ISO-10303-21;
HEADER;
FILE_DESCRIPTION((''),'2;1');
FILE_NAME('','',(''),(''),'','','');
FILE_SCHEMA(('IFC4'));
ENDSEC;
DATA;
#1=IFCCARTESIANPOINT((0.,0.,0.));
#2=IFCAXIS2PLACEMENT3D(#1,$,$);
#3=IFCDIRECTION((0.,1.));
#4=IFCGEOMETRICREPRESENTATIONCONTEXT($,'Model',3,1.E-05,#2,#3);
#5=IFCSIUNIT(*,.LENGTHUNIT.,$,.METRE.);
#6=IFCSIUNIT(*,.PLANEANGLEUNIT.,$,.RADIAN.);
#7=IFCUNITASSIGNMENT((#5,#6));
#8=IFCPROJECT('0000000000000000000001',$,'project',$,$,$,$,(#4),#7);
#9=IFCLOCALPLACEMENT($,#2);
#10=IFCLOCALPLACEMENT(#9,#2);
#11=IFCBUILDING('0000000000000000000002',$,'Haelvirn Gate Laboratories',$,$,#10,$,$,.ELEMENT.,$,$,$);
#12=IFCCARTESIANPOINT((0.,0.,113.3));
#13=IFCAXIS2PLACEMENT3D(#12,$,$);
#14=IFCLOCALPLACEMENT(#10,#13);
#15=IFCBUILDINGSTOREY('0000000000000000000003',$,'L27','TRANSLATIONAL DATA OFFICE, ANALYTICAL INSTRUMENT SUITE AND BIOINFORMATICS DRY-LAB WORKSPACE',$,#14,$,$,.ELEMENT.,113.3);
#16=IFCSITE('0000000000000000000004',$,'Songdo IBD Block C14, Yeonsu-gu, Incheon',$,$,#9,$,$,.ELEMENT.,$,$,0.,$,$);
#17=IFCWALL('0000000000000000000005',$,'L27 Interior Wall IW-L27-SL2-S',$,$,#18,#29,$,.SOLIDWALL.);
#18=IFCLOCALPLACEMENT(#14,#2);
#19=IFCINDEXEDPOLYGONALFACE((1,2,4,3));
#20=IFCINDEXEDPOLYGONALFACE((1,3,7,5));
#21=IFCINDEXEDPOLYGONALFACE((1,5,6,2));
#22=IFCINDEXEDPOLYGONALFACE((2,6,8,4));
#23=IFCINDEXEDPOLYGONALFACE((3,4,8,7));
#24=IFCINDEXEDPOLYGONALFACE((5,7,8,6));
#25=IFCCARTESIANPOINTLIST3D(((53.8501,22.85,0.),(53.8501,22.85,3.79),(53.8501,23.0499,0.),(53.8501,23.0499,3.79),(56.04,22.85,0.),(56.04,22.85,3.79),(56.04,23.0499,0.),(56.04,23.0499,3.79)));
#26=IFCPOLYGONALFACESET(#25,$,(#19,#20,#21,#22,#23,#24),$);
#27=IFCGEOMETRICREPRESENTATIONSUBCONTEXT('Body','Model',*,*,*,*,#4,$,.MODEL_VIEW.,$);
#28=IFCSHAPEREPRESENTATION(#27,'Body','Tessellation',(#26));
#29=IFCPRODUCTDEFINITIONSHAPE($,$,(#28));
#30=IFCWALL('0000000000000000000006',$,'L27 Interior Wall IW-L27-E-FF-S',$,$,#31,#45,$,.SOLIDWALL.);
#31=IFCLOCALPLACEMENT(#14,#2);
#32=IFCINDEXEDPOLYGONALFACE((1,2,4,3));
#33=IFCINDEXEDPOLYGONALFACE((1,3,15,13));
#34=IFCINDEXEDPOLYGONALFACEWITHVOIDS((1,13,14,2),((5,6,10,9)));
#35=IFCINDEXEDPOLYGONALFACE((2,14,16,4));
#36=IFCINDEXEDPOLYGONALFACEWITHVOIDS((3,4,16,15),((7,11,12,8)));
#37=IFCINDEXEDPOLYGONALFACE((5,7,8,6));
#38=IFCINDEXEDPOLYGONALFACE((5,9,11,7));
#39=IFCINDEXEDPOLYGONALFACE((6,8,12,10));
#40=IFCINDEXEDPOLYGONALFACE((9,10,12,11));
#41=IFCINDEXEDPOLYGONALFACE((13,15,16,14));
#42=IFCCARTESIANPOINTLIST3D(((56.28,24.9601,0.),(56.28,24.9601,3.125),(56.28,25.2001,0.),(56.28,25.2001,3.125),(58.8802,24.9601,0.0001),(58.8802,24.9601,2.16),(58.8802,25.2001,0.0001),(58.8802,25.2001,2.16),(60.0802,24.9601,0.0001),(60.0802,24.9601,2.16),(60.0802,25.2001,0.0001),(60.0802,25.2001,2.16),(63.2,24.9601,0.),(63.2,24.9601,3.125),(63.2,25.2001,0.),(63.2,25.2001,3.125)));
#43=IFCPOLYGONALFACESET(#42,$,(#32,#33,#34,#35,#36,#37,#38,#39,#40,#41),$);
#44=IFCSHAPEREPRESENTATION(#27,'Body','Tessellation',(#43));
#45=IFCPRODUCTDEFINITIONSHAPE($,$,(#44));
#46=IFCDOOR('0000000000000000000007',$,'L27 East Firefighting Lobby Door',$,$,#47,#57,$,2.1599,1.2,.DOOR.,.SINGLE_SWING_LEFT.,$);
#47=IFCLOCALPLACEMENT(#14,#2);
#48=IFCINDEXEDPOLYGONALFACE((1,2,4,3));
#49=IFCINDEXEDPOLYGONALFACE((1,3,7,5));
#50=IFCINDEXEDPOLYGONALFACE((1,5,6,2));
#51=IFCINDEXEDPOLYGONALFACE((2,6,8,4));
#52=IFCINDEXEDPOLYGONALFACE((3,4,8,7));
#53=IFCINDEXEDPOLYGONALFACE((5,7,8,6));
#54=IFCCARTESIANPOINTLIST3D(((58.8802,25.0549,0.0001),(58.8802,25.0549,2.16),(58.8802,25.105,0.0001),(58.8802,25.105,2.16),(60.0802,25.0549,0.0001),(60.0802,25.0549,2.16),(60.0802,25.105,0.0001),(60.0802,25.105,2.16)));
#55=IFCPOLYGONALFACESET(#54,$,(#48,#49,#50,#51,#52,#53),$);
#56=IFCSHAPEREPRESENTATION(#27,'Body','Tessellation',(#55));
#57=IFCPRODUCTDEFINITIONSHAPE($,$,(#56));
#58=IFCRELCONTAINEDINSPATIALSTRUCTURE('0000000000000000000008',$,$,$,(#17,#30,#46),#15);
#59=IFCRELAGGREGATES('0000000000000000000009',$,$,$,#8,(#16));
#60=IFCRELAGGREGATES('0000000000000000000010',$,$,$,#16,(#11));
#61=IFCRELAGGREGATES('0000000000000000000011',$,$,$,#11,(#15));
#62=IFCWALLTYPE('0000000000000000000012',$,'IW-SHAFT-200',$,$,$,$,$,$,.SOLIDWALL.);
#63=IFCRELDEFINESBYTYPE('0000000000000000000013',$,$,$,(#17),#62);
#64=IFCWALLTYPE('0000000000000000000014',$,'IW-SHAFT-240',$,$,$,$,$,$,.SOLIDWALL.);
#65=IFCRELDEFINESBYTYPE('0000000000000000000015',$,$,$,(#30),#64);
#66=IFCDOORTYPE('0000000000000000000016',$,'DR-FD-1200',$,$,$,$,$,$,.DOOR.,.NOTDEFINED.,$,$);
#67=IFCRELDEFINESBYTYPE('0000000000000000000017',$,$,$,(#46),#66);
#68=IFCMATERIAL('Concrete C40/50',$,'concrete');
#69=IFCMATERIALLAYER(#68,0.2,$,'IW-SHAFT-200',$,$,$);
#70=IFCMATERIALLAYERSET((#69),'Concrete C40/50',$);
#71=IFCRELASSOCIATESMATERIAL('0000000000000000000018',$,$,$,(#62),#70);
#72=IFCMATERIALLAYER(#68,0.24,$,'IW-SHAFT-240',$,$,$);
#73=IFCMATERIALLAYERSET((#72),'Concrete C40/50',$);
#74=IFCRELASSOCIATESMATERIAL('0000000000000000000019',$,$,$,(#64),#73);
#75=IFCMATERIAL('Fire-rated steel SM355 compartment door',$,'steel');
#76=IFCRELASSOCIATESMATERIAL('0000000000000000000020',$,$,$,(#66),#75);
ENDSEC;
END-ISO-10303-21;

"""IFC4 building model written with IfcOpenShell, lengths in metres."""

from ifc_helpers import new_model, si_unit, direction, frame, frame_2d, origin, place, context, subcontext, project, spatial, rectangle, extrude, source, transform, mapped, material, layer, layer_set, type_object, type_shapes, element, fill, save


model = new_model("IFC4")

# Units and contexts
model_context = context("Model", 3, precision=1e-05, world=origin(), true_north=direction((0.0, 1.0)))
body_context = subcontext(model_context, "Body", "Model", "MODEL_VIEW")
ifc_project = project(units=[si_unit("LENGTHUNIT", "METRE"), si_unit("PLANEANGLEUNIT", "RADIAN")], contexts=[model_context])

# Site, building, storey
site_placement = place(None, origin())
site = spatial("IfcSite", under=ifc_project, at=site_placement, Name="Songdo IBD Block C14, Yeonsu-gu, Incheon", CompositionType="ELEMENT", RefElevation=0.0)
building_placement = place(site_placement, origin())
building = spatial("IfcBuilding", under=site, at=building_placement, Name="Haelvirn Gate Laboratories", CompositionType="ELEMENT")
storey_placement = place(building_placement, frame((0.0, 0.0, 113.3)))
storey = spatial("IfcBuildingStorey", under=building, at=storey_placement, Name="L27", Description="TRANSLATIONAL DATA OFFICE, ANALYTICAL INSTRUMENT SUITE AND BIOINFORMATICS DRY-LAB WORKSPACE", CompositionType="ELEMENT", Elevation=113.3)

# Wall
ifc_material_1 = material(Name="Concrete C40/50", Category="concrete")
ifc_layer_1 = layer(ifc_material_1, 0.2, Name="IW-SHAFT-200")
ifc_layer_set_1 = layer_set([ifc_layer_1], Name="Concrete C40/50")
wall_type_1 = type_object("IfcWallType", Name="IW-SHAFT-200", PredefinedType="SOLIDWALL", material=ifc_layer_set_1)
for number, where, z_axis, x_axis, name in (
    (1, (53.8501, 22.95, 0.0), (0.0, 0.0, 1.0), (1.0, 0.0, 0.0), "L27 Interior Wall IW-L27-SL2-S"),
):
    element("IfcWall", number, at=place(storey_placement, frame(where, z_axis=z_axis, x_axis=x_axis)), inside=storey, type_object=wall_type_1, Name=name, PredefinedType="SOLIDWALL", context=body_context, shape_type="SweptSolid", body=[
        extrude(rectangle(XDim=2.1899, YDim=0.2, at=frame_2d((1.095, 0.0))), origin(), (0.0, 0.0, 1.0), 3.79),
    ])

# Wall, opening, door
ifc_layer_2 = layer(ifc_material_1, 0.24, Name="IW-SHAFT-240")
ifc_layer_set_2 = layer_set([ifc_layer_2], Name="Concrete C40/50")
wall_type_2 = type_object("IfcWallType", Name="IW-SHAFT-240", PredefinedType="SOLIDWALL", material=ifc_layer_set_2)
wall_1_placement = place(storey_placement, frame((56.28, 25.0801, 0.0), z_axis=(0.0, 0.0, 1.0), x_axis=(1.0, 0.0, 0.0)))
wall_1 = element("IfcWall", 2, at=wall_1_placement, inside=storey, type_object=wall_type_2, Name="L27 Interior Wall IW-L27-E-FF-S", PredefinedType="SOLIDWALL", context=body_context, shape_type="SweptSolid", body=[
    extrude(rectangle(XDim=6.9199, YDim=0.24, at=frame_2d((3.46, 0.0))), origin(), (0.0, 0.0, 1.0), 3.125),
])
opening_1_placement = place(wall_1_placement, frame((2.6001, 0.0, 0.0)))
opening_1 = element("IfcOpeningElement", 3, at=opening_1_placement, cuts=wall_1, PredefinedType="OPENING", context=body_context, shape_type="SweptSolid", body=[
    extrude(rectangle(XDim=1.2, YDim=2.1599, at=frame_2d((0.6001, 1.0801))), frame((0.0, 0.1299, 0.0), z_axis=(0.0, -1.0, 0.0), x_axis=(1.0, 0.0, 0.0)), (0.0, 0.0, 1.0), 0.26),
])
ifc_material_2 = material(Name="Fire-rated steel SM355 compartment door", Category="steel")
door_type_1 = type_object("IfcDoorType", Name="DR-FD-1200", OperationType="NOTDEFINED", PredefinedType="DOOR", material=ifc_material_2)
shared_shape_1 = source(origin(), body_context, "Body", "SweptSolid", [
    extrude(rectangle(XDim=1.2, YDim=2.1599, at=frame_2d((0.6001, 1.0801))), frame((0.0, 0.0249, 0.0), z_axis=(0.0, -1.0, 0.0), x_axis=(1.0, 0.0, 0.0)), (0.0, 0.0, 1.0), 0.05),
])
type_shapes(door_type_1, [shared_shape_1])
door_1_placement = place(opening_1_placement, origin())
door_1 = element("IfcDoor", 4, at=door_1_placement, inside=storey, type_object=door_type_1, Name="L27 East Firefighting Lobby Door", OperationType="SINGLE_SWING_LEFT", OverallHeight=2.1599, OverallWidth=1.2, PredefinedType="DOOR", context=body_context, shape_type="MappedRepresentation", body=[
    mapped(shared_shape_1, transform((0.0, 0.0, 0.0), scale=1.0)),
])
fill(opening_1, door_1)

save(model, "model.ifc")
